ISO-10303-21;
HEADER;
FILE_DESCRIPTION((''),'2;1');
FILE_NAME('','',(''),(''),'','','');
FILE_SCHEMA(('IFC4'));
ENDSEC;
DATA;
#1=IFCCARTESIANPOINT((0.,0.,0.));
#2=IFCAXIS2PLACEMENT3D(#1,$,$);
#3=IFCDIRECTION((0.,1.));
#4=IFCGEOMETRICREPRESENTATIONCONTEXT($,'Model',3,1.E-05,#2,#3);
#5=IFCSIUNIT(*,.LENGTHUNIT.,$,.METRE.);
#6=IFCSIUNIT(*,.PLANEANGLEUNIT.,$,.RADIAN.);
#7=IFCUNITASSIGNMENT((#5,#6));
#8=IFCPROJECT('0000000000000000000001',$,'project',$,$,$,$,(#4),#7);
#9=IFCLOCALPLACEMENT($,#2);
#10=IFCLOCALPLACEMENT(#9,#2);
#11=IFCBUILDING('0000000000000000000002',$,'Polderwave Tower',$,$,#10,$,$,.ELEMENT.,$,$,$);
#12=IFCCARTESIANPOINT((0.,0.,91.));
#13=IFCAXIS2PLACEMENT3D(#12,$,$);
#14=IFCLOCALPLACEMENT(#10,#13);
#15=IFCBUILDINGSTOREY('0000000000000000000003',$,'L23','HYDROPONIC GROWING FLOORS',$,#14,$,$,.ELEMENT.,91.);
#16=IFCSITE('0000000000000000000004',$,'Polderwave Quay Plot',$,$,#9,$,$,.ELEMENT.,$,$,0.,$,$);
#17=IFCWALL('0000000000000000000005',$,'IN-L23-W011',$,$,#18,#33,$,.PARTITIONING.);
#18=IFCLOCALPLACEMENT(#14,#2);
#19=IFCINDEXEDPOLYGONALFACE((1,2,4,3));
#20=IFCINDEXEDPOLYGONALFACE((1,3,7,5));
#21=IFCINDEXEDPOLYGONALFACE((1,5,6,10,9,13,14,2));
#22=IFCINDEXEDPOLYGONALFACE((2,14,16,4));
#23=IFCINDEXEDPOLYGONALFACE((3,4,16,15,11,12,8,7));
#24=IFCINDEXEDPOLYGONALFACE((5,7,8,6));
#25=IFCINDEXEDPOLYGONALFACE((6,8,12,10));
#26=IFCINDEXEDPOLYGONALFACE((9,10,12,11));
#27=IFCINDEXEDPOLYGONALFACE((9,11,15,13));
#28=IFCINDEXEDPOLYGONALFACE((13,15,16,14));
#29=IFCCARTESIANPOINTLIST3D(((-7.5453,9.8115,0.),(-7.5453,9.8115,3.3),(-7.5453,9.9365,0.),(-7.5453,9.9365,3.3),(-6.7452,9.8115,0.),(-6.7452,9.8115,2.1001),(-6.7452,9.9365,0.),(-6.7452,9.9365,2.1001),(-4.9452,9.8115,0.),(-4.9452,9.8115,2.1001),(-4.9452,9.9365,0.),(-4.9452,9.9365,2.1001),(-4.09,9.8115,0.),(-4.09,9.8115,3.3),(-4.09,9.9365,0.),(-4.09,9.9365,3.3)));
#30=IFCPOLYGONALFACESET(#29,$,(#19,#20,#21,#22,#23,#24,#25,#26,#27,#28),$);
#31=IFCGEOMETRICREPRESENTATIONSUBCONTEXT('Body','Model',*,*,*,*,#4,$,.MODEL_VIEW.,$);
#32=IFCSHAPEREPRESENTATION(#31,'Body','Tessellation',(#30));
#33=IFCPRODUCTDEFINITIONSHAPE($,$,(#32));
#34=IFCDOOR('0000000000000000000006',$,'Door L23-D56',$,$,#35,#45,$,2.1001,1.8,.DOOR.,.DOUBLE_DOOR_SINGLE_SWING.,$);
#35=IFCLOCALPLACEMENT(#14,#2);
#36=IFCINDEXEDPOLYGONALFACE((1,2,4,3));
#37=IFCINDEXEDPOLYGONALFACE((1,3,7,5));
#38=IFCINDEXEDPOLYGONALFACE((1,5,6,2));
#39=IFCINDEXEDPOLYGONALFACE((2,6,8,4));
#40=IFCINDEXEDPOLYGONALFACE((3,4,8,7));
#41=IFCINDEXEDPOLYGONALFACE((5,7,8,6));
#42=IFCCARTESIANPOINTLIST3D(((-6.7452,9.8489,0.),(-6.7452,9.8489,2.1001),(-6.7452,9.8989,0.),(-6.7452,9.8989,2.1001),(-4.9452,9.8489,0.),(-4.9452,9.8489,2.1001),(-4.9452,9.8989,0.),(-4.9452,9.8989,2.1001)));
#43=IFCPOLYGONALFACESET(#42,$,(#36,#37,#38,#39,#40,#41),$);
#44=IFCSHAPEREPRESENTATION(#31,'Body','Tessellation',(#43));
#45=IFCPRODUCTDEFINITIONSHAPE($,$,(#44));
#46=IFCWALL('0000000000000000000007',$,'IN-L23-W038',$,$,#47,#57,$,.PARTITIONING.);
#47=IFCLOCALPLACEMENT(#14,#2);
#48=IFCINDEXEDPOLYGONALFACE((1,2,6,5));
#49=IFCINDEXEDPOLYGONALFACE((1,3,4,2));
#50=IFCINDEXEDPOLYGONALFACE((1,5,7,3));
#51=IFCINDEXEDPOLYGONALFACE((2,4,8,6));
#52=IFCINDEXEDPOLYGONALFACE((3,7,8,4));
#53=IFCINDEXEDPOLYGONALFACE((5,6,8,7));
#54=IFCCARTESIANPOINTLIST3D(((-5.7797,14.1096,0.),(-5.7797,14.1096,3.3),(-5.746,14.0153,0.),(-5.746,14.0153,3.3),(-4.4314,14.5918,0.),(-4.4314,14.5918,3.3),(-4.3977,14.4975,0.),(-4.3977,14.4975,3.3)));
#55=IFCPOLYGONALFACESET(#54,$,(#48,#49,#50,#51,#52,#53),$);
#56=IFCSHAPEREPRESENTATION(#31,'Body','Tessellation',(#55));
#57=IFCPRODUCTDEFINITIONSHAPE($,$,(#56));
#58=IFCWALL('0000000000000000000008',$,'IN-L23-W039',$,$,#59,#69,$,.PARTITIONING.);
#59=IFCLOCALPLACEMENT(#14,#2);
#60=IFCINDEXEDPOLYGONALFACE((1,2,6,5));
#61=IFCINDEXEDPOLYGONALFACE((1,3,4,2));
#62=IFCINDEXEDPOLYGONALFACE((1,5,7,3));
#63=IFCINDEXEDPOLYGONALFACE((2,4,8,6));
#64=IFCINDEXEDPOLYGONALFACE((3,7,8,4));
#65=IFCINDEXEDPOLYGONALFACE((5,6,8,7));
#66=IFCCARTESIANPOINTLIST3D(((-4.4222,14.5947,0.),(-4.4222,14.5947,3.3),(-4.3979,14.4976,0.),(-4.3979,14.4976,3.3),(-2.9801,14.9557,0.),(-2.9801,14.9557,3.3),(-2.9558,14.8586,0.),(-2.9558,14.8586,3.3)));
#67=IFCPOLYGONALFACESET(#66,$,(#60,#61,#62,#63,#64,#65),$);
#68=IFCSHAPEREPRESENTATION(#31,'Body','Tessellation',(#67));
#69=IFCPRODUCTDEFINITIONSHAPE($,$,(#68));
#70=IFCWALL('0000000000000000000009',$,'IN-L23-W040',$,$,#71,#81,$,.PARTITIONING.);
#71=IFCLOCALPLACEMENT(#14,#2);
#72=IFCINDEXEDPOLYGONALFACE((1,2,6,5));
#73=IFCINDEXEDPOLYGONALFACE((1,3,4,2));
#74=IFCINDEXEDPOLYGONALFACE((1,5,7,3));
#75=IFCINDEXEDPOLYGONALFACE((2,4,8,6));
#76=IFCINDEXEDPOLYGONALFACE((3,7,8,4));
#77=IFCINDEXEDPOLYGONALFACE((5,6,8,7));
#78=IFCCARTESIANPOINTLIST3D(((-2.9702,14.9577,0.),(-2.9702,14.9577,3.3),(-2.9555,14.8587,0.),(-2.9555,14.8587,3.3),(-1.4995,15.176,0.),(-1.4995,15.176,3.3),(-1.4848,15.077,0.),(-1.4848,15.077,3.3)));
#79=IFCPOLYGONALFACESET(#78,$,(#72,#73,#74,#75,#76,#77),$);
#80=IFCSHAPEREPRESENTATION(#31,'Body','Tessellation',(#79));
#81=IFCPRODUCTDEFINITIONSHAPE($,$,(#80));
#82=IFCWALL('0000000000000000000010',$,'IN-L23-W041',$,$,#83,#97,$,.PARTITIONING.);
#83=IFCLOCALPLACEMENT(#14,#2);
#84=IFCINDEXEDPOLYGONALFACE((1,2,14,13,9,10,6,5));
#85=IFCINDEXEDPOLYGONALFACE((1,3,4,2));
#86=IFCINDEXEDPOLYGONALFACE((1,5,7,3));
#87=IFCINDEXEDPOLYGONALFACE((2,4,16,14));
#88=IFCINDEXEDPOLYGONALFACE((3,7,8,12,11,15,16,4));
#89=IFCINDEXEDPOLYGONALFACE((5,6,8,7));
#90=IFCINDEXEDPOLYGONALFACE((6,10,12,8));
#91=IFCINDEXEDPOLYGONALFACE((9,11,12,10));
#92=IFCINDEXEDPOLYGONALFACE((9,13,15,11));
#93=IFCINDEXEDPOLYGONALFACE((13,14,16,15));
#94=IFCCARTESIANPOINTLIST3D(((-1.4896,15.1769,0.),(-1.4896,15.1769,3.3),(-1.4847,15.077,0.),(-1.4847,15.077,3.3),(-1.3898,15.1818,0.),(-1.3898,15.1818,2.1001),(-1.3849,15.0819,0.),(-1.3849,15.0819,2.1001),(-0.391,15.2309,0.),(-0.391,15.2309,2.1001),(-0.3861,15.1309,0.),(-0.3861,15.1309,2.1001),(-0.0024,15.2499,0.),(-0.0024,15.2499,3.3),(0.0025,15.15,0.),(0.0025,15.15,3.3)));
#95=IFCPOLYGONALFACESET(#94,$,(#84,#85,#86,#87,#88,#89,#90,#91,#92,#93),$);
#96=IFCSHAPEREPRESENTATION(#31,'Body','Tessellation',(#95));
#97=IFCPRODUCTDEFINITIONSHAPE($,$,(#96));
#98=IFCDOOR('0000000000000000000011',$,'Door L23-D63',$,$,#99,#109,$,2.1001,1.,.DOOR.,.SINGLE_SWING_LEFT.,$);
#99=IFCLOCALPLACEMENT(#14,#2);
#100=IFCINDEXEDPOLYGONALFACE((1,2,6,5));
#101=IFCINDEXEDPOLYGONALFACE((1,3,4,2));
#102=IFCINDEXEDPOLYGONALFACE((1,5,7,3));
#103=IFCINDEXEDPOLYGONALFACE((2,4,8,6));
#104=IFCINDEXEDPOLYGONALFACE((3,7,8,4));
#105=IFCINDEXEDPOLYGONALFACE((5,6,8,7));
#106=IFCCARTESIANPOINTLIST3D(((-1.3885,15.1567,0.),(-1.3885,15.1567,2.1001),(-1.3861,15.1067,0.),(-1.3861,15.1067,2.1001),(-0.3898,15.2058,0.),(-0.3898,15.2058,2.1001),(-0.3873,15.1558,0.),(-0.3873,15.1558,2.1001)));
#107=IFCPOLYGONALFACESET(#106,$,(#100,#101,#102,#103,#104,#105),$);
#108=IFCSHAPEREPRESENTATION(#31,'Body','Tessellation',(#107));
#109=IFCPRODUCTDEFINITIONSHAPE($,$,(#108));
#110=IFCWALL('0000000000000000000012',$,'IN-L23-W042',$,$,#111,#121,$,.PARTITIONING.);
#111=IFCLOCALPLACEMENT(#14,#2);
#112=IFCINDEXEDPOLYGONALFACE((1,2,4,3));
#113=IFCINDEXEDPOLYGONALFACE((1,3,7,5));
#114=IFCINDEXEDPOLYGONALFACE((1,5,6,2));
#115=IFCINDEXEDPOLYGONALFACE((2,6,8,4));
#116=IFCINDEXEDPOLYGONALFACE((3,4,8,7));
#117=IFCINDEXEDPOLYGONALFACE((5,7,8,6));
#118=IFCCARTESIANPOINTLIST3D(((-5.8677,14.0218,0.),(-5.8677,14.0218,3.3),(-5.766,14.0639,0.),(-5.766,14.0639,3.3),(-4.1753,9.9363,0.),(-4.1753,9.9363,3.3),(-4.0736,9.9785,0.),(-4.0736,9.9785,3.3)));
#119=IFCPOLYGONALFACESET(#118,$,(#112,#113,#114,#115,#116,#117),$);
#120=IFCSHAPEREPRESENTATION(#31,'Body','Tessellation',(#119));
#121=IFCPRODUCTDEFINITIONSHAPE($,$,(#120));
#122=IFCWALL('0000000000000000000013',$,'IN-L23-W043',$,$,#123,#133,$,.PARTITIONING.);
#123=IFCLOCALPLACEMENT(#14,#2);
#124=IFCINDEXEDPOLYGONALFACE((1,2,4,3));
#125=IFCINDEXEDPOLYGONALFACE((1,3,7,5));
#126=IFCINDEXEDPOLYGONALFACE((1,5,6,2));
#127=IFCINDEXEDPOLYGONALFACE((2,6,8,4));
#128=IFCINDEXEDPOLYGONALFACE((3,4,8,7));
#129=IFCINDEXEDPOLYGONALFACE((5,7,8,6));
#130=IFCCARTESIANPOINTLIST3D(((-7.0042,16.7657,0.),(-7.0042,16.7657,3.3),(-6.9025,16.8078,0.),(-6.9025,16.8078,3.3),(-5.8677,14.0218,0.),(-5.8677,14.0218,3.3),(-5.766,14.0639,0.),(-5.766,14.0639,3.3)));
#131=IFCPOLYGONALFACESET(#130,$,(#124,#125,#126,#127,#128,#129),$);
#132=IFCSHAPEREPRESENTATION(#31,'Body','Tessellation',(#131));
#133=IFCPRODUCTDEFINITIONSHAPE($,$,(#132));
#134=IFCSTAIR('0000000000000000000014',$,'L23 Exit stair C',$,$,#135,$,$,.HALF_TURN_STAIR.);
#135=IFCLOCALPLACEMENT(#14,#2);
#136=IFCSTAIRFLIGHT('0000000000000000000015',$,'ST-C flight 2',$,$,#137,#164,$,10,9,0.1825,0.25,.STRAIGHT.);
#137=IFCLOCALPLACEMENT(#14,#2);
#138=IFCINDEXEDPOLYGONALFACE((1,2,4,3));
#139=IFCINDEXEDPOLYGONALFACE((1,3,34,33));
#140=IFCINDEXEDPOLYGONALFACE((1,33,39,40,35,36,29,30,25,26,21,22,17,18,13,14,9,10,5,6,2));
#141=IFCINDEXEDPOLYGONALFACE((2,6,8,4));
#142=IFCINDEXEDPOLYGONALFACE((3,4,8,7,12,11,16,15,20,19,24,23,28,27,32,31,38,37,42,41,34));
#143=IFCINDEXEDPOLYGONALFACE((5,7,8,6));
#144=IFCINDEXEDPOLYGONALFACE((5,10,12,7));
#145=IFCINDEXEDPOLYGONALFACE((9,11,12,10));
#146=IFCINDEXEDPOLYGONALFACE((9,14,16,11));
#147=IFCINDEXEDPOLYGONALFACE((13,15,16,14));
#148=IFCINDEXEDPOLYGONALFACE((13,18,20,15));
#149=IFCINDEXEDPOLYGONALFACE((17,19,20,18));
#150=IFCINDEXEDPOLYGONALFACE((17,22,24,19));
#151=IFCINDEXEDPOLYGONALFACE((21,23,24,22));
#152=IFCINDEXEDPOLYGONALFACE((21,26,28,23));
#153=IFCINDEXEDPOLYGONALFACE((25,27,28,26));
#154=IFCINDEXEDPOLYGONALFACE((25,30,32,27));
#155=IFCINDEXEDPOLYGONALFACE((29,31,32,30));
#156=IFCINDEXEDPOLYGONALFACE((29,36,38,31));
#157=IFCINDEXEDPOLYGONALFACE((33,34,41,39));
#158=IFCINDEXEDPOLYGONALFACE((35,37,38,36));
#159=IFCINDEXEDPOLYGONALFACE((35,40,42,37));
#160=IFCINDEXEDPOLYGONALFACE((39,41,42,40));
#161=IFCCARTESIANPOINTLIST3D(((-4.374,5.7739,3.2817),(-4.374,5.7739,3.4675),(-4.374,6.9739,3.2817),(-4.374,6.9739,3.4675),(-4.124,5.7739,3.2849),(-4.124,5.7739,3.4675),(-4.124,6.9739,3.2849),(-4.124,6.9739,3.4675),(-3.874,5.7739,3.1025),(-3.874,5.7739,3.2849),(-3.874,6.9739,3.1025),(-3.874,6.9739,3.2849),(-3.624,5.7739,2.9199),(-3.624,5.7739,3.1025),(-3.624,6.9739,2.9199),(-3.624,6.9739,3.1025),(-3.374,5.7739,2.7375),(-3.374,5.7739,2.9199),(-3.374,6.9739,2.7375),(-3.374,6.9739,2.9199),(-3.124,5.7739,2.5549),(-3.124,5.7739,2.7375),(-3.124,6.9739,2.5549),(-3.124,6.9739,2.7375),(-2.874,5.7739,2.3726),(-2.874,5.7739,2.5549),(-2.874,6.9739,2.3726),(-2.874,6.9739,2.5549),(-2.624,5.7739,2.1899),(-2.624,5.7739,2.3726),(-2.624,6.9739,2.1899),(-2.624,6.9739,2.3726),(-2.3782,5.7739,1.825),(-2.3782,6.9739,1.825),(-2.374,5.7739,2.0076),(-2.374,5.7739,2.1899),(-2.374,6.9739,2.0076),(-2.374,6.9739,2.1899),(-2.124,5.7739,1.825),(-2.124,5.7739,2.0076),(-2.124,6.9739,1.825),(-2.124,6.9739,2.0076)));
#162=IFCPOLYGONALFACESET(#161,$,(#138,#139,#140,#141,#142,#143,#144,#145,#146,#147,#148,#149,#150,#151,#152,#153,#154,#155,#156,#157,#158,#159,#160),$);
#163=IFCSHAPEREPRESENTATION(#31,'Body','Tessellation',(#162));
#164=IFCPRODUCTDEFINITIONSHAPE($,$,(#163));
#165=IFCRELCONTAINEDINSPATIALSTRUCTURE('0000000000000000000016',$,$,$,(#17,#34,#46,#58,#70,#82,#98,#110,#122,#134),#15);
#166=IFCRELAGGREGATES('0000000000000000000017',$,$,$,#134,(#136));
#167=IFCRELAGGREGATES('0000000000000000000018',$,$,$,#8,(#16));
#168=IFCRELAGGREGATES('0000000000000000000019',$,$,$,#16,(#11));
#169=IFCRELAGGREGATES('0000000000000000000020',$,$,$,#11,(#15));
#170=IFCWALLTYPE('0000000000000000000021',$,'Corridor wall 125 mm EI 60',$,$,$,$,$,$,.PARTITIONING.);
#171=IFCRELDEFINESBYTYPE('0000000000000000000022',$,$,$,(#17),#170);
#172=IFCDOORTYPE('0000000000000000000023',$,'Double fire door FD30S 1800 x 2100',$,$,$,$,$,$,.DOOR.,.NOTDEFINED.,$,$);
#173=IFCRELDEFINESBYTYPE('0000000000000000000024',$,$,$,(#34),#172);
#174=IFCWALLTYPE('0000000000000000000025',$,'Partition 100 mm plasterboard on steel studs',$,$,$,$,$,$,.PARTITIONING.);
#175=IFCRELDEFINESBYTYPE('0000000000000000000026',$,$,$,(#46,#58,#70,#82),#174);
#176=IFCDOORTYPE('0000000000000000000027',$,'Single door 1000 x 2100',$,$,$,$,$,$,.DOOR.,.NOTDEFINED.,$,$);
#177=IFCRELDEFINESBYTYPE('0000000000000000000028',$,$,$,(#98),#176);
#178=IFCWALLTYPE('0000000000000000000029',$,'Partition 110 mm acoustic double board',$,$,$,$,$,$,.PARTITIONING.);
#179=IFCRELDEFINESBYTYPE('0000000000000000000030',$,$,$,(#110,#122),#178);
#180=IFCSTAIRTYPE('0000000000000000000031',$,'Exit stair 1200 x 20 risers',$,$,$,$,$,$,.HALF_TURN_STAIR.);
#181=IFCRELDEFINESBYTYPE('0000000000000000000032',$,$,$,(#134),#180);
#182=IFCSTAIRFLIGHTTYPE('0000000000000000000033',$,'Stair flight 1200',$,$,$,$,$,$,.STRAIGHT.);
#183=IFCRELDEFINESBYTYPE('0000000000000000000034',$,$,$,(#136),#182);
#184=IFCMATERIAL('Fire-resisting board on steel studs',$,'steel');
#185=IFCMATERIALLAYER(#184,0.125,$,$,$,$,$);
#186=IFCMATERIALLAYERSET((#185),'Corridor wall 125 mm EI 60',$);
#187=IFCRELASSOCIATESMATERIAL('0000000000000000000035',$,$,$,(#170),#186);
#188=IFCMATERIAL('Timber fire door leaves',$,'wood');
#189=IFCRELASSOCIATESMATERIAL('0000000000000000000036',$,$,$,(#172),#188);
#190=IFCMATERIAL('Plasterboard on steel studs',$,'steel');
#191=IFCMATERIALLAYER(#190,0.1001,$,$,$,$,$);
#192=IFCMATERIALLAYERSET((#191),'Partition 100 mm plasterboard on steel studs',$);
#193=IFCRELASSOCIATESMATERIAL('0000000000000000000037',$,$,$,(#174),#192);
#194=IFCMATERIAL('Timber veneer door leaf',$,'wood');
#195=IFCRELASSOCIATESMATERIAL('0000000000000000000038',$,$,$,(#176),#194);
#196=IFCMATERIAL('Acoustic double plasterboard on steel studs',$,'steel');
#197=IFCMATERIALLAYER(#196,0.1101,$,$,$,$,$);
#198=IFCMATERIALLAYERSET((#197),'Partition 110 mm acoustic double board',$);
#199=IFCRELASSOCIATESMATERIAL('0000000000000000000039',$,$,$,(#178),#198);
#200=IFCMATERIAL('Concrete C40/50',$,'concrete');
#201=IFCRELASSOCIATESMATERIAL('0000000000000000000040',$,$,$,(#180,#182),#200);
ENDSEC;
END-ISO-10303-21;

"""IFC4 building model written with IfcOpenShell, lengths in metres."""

from ifc_helpers import new_model, si_unit, direction, frame, frame_2d, origin, place, context, subcontext, project, spatial, polyline, rectangle, outline, extrude, material, layer, layer_set, type_object, element, fill, aggregate, save


model = new_model("IFC4")

# Units and contexts
model_context = context("Model", 3, precision=1e-05, world=origin(), true_north=direction((0.0, 1.0)))
body_context = subcontext(model_context, "Body", "Model", "MODEL_VIEW")
ifc_project = project(units=[si_unit("LENGTHUNIT", "METRE"), si_unit("PLANEANGLEUNIT", "RADIAN")], contexts=[model_context])

# Site, building, storey
site_placement = place(None, origin())
site = spatial("IfcSite", under=ifc_project, at=site_placement, Name="Polderwave Quay Plot", CompositionType="ELEMENT", RefElevation=0.0)
building_placement = place(site_placement, origin())
building = spatial("IfcBuilding", under=site, at=building_placement, Name="Polderwave Tower", CompositionType="ELEMENT")
storey_placement = place(building_placement, frame((0.0, 0.0, 91.0)))
storey = spatial("IfcBuildingStorey", under=building, at=storey_placement, Name="L23", Description="HYDROPONIC GROWING FLOORS", CompositionType="ELEMENT", Elevation=91.0)

# Wall, opening, door
ifc_material_1 = material(Name="Fire-resisting board on steel studs", Category="steel")
ifc_layer_1 = layer(ifc_material_1, 0.125)
ifc_layer_set_1 = layer_set([ifc_layer_1], Name="Corridor wall 125 mm EI 60")
wall_type_1 = type_object("IfcWallType", Name="Corridor wall 125 mm EI 60", PredefinedType="PARTITIONING", material=ifc_layer_set_1)
wall_1_placement = place(storey_placement, frame((-7.5452, 9.874, 0.0), z_axis=(0.0, 0.0, 1.0), x_axis=(1.0, 0.0, 0.0)))
wall_1 = element("IfcWall", 1, at=wall_1_placement, inside=storey, type_object=wall_type_1, Name="IN-L23-W011", PredefinedType="PARTITIONING", context=body_context, shape_type="SweptSolid", body=[
    extrude(rectangle(XDim=3.4553, YDim=0.125, at=frame_2d((1.7275, 0.0))), origin(), (0.0, 0.0, 1.0), 3.3),
])
opening_1_placement = place(wall_1_placement, frame((0.8, 0.0, 0.0)))
opening_1 = element("IfcOpeningElement", 2, at=opening_1_placement, cuts=wall_1, PredefinedType="OPENING", context=body_context, shape_type="SweptSolid", body=[
    extrude(rectangle(XDim=1.8, YDim=2.1001, at=frame_2d((0.8999, 1.05))), frame((0.0, 0.0725, 0.0), z_axis=(0.0, -1.0, 0.0), x_axis=(1.0, 0.0, 0.0)), (0.0, 0.0, 1.0), 0.145),
])
ifc_material_2 = material(Name="Timber fire door leaves", Category="wood")
door_type_1 = type_object("IfcDoorType", Name="Double fire door FD30S 1800 x 2100", OperationType="NOTDEFINED", PredefinedType="DOOR", material=ifc_material_2)
door_1_placement = place(opening_1_placement, origin())
door_1 = element("IfcDoor", 3, at=door_1_placement, inside=storey, type_object=door_type_1, Name="Door L23-D56", OperationType="DOUBLE_DOOR_SINGLE_SWING", OverallHeight=2.1001, OverallWidth=1.8, PredefinedType="DOOR", context=body_context, shape_type="SweptSolid", body=[
    extrude(rectangle(XDim=1.8, YDim=2.1001, at=frame_2d((0.8999, 1.05))), frame((0.0, 0.0249, 0.0), z_axis=(0.0, -1.0, 0.0), x_axis=(1.0, 0.0, 0.0)), (0.0, 0.0, 1.0), 0.05),
])
fill(opening_1, door_1)

# Walls
ifc_material_3 = material(Name="Plasterboard on steel studs", Category="steel")
ifc_layer_2 = layer(ifc_material_3, 0.1001)
ifc_layer_set_2 = layer_set([ifc_layer_2], Name="Partition 100 mm plasterboard on steel studs")
wall_type_2 = type_object("IfcWallType", Name="Partition 100 mm plasterboard on steel studs", PredefinedType="PARTITIONING", material=ifc_layer_set_2)
wall_2_placement = place(storey_placement, frame((-5.7627, 14.0625, 0.0), z_axis=(0.0, 0.0, 1.0), x_axis=(0.941587, 0.336768, 0.0)))
element("IfcWall", 4, at=wall_2_placement, inside=storey, type_object=wall_type_2, Name="IN-L23-W038", PredefinedType="PARTITIONING", context=body_context, shape_type="SweptSolid", body=[
    extrude(rectangle(XDim=1.4319, YDim=0.1001, at=frame_2d((0.7158, 0.0))), origin(), (0.0, 0.0, 1.0), 3.3),
])
wall_3_placement = place(storey_placement, frame((-4.4099, 14.5461, 0.0), z_axis=(0.0, 0.0, 1.0), x_axis=(0.970055, 0.242883, 0.0)))
element("IfcWall", 5, at=wall_3_placement, inside=storey, type_object=wall_type_2, Name="IN-L23-W039", PredefinedType="PARTITIONING", context=body_context, shape_type="SweptSolid", body=[
    extrude(rectangle(XDim=1.4866, YDim=0.1001, at=frame_2d((0.7432, 0.0))), origin(), (0.0, 0.0, 1.0), 3.3),
])
wall_4_placement = place(storey_placement, frame((-2.9629, 14.9082, 0.0), z_axis=(0.0, 0.0, 1.0), x_axis=(0.989166, 0.146799, 0.0)))
element("IfcWall", 6, at=wall_4_placement, inside=storey, type_object=wall_type_2, Name="IN-L23-W040", PredefinedType="PARTITIONING", context=body_context, shape_type="SweptSolid", body=[
    extrude(rectangle(XDim=1.4868, YDim=0.1001, at=frame_2d((0.7434, 0.0))), origin(), (0.0, 0.0, 1.0), 3.3),
])

# Wall, opening, door
wall_5_placement = place(storey_placement, frame((-1.4873, 15.127, 0.0), z_axis=(0.0, 0.0, 1.0), x_axis=(0.998798, 0.049022, 0.0)))
wall_5 = element("IfcWall", 7, at=wall_5_placement, inside=storey, type_object=wall_type_2, Name="IN-L23-W041", PredefinedType="PARTITIONING", context=body_context, shape_type="SweptSolid", body=[
    extrude(rectangle(XDim=1.489, YDim=0.1001, at=frame_2d((0.7446, 0.0))), origin(), (0.0, 0.0, 1.0), 3.3),
])
opening_2_placement = place(wall_5_placement, frame((0.1001, 0.0, 0.0)))
opening_2 = element("IfcOpeningElement", 8, at=opening_2_placement, cuts=wall_5, PredefinedType="OPENING", context=body_context, shape_type="SweptSolid", body=[
    extrude(rectangle(XDim=1.0, YDim=2.1001, at=frame_2d((0.5, 1.05))), frame((0.0, 0.0601, 0.0), z_axis=(0.0, -1.0, 0.0), x_axis=(1.0, 0.0, 0.0)), (0.0, 0.0, 1.0), 0.1201),
])
ifc_material_4 = material(Name="Timber veneer door leaf", Category="wood")
door_type_2 = type_object("IfcDoorType", Name="Single door 1000 x 2100", OperationType="NOTDEFINED", PredefinedType="DOOR", material=ifc_material_4)
door_2_placement = place(opening_2_placement, origin())
door_2 = element("IfcDoor", 9, at=door_2_placement, inside=storey, type_object=door_type_2, Name="Door L23-D63", OperationType="SINGLE_SWING_LEFT", OverallHeight=2.1001, OverallWidth=1.0, PredefinedType="DOOR", context=body_context, shape_type="SweptSolid", body=[
    extrude(rectangle(XDim=1.0, YDim=2.1001, at=frame_2d((0.5, 1.05))), frame((0.0, 0.0249, 0.0), z_axis=(0.0, -1.0, 0.0), x_axis=(1.0, 0.0, 0.0)), (0.0, 0.0, 1.0), 0.05),
])
fill(opening_2, door_2)

# Walls
ifc_material_5 = material(Name="Acoustic double plasterboard on steel studs", Category="steel")
ifc_layer_3 = layer(ifc_material_5, 0.1101)
ifc_layer_set_3 = layer_set([ifc_layer_3], Name="Partition 110 mm acoustic double board")
wall_type_3 = type_object("IfcWallType", Name="Partition 110 mm acoustic double board", PredefinedType="PARTITIONING", material=ifc_layer_set_3)
wall_6_placement = place(storey_placement, frame((-4.1245, 9.9575, 0.0), z_axis=(0.0, 0.0, 1.0), x_axis=(-0.382709, 0.923869, 0.0)))
element("IfcWall", 10, at=wall_6_placement, inside=storey, type_object=wall_type_3, Name="IN-L23-W042", PredefinedType="PARTITIONING", context=body_context, shape_type="SweptSolid", body=[
    extrude(rectangle(XDim=4.4221, YDim=0.1101, at=frame_2d((2.2109, 0.0))), origin(), (0.0, 0.0, 1.0), 3.3),
])
wall_7_placement = place(storey_placement, frame((-5.8169, 14.043, 0.0), z_axis=(0.0, 0.0, 1.0), x_axis=(-0.382659, 0.92389, 0.0)))
element("IfcWall", 11, at=wall_7_placement, inside=storey, type_object=wall_type_3, Name="IN-L23-W043", PredefinedType="PARTITIONING", context=body_context, shape_type="SweptSolid", body=[
    extrude(rectangle(XDim=2.97, YDim=0.1101, at=frame_2d((1.4849, 0.0))), origin(), (0.0, 0.0, 1.0), 3.3),
])

# Stair, stair flight
ifc_material_6 = material(Name="Concrete C40/50", Category="concrete")
stair_type = type_object("IfcStairType", Name="Exit stair 1200 x 20 risers", PredefinedType="HALF_TURN_STAIR", material=ifc_material_6)
stair_placement = place(storey_placement, origin())
stair = element("IfcStair", 12, at=stair_placement, inside=storey, type_object=stair_type, Name="L23 Exit stair C", PredefinedType="HALF_TURN_STAIR")
stair_flight_type = type_object("IfcStairFlightType", Name="Stair flight 1200", PredefinedType="STRAIGHT", material=ifc_material_6)
stair_flight_placement = place(storey_placement, frame((-2.124, 6.374, 1.825), z_axis=(0.0, 0.0, 1.0), x_axis=(-1.0, 0.0, 0.0)))
stair_flight = element("IfcStairFlight", 13, at=stair_flight_placement, type_object=stair_flight_type, Name="ST-C flight 2", NumberOfRisers=10, NumberOfTreads=9, PredefinedType="STRAIGHT", RiserHeight=0.1825, TreadLength=0.25, context=body_context, shape_type="SweptSolid", body=[
    extrude(outline(polyline([(0.0, 0.0), (0.0, 0.1826), (0.25, 0.1826), (0.25, 0.365), (0.5, 0.365), (0.5, 0.5476), (0.75, 0.5476), (0.75, 0.73), (1.0, 0.73), (1.0, 0.9126), (1.25, 0.9126), (1.25, 1.095), (1.5, 1.095), (1.5, 1.2776), (1.75, 1.2776), (1.75, 1.46), (2.0, 1.46), (2.0, 1.6426), (2.25, 1.6426), (2.25, 1.825), (2.25, 1.4568), (0.2542, 0.0), (0.0, 0.0)])), frame((0.0, 0.6001, 0.0), z_axis=(0.0, -1.0, 0.0), x_axis=(1.0, 0.0, 0.0)), (0.0, 0.0, 1.0), 1.2),
])
aggregate(stair, [stair_flight])

save(model, "model.ifc")
